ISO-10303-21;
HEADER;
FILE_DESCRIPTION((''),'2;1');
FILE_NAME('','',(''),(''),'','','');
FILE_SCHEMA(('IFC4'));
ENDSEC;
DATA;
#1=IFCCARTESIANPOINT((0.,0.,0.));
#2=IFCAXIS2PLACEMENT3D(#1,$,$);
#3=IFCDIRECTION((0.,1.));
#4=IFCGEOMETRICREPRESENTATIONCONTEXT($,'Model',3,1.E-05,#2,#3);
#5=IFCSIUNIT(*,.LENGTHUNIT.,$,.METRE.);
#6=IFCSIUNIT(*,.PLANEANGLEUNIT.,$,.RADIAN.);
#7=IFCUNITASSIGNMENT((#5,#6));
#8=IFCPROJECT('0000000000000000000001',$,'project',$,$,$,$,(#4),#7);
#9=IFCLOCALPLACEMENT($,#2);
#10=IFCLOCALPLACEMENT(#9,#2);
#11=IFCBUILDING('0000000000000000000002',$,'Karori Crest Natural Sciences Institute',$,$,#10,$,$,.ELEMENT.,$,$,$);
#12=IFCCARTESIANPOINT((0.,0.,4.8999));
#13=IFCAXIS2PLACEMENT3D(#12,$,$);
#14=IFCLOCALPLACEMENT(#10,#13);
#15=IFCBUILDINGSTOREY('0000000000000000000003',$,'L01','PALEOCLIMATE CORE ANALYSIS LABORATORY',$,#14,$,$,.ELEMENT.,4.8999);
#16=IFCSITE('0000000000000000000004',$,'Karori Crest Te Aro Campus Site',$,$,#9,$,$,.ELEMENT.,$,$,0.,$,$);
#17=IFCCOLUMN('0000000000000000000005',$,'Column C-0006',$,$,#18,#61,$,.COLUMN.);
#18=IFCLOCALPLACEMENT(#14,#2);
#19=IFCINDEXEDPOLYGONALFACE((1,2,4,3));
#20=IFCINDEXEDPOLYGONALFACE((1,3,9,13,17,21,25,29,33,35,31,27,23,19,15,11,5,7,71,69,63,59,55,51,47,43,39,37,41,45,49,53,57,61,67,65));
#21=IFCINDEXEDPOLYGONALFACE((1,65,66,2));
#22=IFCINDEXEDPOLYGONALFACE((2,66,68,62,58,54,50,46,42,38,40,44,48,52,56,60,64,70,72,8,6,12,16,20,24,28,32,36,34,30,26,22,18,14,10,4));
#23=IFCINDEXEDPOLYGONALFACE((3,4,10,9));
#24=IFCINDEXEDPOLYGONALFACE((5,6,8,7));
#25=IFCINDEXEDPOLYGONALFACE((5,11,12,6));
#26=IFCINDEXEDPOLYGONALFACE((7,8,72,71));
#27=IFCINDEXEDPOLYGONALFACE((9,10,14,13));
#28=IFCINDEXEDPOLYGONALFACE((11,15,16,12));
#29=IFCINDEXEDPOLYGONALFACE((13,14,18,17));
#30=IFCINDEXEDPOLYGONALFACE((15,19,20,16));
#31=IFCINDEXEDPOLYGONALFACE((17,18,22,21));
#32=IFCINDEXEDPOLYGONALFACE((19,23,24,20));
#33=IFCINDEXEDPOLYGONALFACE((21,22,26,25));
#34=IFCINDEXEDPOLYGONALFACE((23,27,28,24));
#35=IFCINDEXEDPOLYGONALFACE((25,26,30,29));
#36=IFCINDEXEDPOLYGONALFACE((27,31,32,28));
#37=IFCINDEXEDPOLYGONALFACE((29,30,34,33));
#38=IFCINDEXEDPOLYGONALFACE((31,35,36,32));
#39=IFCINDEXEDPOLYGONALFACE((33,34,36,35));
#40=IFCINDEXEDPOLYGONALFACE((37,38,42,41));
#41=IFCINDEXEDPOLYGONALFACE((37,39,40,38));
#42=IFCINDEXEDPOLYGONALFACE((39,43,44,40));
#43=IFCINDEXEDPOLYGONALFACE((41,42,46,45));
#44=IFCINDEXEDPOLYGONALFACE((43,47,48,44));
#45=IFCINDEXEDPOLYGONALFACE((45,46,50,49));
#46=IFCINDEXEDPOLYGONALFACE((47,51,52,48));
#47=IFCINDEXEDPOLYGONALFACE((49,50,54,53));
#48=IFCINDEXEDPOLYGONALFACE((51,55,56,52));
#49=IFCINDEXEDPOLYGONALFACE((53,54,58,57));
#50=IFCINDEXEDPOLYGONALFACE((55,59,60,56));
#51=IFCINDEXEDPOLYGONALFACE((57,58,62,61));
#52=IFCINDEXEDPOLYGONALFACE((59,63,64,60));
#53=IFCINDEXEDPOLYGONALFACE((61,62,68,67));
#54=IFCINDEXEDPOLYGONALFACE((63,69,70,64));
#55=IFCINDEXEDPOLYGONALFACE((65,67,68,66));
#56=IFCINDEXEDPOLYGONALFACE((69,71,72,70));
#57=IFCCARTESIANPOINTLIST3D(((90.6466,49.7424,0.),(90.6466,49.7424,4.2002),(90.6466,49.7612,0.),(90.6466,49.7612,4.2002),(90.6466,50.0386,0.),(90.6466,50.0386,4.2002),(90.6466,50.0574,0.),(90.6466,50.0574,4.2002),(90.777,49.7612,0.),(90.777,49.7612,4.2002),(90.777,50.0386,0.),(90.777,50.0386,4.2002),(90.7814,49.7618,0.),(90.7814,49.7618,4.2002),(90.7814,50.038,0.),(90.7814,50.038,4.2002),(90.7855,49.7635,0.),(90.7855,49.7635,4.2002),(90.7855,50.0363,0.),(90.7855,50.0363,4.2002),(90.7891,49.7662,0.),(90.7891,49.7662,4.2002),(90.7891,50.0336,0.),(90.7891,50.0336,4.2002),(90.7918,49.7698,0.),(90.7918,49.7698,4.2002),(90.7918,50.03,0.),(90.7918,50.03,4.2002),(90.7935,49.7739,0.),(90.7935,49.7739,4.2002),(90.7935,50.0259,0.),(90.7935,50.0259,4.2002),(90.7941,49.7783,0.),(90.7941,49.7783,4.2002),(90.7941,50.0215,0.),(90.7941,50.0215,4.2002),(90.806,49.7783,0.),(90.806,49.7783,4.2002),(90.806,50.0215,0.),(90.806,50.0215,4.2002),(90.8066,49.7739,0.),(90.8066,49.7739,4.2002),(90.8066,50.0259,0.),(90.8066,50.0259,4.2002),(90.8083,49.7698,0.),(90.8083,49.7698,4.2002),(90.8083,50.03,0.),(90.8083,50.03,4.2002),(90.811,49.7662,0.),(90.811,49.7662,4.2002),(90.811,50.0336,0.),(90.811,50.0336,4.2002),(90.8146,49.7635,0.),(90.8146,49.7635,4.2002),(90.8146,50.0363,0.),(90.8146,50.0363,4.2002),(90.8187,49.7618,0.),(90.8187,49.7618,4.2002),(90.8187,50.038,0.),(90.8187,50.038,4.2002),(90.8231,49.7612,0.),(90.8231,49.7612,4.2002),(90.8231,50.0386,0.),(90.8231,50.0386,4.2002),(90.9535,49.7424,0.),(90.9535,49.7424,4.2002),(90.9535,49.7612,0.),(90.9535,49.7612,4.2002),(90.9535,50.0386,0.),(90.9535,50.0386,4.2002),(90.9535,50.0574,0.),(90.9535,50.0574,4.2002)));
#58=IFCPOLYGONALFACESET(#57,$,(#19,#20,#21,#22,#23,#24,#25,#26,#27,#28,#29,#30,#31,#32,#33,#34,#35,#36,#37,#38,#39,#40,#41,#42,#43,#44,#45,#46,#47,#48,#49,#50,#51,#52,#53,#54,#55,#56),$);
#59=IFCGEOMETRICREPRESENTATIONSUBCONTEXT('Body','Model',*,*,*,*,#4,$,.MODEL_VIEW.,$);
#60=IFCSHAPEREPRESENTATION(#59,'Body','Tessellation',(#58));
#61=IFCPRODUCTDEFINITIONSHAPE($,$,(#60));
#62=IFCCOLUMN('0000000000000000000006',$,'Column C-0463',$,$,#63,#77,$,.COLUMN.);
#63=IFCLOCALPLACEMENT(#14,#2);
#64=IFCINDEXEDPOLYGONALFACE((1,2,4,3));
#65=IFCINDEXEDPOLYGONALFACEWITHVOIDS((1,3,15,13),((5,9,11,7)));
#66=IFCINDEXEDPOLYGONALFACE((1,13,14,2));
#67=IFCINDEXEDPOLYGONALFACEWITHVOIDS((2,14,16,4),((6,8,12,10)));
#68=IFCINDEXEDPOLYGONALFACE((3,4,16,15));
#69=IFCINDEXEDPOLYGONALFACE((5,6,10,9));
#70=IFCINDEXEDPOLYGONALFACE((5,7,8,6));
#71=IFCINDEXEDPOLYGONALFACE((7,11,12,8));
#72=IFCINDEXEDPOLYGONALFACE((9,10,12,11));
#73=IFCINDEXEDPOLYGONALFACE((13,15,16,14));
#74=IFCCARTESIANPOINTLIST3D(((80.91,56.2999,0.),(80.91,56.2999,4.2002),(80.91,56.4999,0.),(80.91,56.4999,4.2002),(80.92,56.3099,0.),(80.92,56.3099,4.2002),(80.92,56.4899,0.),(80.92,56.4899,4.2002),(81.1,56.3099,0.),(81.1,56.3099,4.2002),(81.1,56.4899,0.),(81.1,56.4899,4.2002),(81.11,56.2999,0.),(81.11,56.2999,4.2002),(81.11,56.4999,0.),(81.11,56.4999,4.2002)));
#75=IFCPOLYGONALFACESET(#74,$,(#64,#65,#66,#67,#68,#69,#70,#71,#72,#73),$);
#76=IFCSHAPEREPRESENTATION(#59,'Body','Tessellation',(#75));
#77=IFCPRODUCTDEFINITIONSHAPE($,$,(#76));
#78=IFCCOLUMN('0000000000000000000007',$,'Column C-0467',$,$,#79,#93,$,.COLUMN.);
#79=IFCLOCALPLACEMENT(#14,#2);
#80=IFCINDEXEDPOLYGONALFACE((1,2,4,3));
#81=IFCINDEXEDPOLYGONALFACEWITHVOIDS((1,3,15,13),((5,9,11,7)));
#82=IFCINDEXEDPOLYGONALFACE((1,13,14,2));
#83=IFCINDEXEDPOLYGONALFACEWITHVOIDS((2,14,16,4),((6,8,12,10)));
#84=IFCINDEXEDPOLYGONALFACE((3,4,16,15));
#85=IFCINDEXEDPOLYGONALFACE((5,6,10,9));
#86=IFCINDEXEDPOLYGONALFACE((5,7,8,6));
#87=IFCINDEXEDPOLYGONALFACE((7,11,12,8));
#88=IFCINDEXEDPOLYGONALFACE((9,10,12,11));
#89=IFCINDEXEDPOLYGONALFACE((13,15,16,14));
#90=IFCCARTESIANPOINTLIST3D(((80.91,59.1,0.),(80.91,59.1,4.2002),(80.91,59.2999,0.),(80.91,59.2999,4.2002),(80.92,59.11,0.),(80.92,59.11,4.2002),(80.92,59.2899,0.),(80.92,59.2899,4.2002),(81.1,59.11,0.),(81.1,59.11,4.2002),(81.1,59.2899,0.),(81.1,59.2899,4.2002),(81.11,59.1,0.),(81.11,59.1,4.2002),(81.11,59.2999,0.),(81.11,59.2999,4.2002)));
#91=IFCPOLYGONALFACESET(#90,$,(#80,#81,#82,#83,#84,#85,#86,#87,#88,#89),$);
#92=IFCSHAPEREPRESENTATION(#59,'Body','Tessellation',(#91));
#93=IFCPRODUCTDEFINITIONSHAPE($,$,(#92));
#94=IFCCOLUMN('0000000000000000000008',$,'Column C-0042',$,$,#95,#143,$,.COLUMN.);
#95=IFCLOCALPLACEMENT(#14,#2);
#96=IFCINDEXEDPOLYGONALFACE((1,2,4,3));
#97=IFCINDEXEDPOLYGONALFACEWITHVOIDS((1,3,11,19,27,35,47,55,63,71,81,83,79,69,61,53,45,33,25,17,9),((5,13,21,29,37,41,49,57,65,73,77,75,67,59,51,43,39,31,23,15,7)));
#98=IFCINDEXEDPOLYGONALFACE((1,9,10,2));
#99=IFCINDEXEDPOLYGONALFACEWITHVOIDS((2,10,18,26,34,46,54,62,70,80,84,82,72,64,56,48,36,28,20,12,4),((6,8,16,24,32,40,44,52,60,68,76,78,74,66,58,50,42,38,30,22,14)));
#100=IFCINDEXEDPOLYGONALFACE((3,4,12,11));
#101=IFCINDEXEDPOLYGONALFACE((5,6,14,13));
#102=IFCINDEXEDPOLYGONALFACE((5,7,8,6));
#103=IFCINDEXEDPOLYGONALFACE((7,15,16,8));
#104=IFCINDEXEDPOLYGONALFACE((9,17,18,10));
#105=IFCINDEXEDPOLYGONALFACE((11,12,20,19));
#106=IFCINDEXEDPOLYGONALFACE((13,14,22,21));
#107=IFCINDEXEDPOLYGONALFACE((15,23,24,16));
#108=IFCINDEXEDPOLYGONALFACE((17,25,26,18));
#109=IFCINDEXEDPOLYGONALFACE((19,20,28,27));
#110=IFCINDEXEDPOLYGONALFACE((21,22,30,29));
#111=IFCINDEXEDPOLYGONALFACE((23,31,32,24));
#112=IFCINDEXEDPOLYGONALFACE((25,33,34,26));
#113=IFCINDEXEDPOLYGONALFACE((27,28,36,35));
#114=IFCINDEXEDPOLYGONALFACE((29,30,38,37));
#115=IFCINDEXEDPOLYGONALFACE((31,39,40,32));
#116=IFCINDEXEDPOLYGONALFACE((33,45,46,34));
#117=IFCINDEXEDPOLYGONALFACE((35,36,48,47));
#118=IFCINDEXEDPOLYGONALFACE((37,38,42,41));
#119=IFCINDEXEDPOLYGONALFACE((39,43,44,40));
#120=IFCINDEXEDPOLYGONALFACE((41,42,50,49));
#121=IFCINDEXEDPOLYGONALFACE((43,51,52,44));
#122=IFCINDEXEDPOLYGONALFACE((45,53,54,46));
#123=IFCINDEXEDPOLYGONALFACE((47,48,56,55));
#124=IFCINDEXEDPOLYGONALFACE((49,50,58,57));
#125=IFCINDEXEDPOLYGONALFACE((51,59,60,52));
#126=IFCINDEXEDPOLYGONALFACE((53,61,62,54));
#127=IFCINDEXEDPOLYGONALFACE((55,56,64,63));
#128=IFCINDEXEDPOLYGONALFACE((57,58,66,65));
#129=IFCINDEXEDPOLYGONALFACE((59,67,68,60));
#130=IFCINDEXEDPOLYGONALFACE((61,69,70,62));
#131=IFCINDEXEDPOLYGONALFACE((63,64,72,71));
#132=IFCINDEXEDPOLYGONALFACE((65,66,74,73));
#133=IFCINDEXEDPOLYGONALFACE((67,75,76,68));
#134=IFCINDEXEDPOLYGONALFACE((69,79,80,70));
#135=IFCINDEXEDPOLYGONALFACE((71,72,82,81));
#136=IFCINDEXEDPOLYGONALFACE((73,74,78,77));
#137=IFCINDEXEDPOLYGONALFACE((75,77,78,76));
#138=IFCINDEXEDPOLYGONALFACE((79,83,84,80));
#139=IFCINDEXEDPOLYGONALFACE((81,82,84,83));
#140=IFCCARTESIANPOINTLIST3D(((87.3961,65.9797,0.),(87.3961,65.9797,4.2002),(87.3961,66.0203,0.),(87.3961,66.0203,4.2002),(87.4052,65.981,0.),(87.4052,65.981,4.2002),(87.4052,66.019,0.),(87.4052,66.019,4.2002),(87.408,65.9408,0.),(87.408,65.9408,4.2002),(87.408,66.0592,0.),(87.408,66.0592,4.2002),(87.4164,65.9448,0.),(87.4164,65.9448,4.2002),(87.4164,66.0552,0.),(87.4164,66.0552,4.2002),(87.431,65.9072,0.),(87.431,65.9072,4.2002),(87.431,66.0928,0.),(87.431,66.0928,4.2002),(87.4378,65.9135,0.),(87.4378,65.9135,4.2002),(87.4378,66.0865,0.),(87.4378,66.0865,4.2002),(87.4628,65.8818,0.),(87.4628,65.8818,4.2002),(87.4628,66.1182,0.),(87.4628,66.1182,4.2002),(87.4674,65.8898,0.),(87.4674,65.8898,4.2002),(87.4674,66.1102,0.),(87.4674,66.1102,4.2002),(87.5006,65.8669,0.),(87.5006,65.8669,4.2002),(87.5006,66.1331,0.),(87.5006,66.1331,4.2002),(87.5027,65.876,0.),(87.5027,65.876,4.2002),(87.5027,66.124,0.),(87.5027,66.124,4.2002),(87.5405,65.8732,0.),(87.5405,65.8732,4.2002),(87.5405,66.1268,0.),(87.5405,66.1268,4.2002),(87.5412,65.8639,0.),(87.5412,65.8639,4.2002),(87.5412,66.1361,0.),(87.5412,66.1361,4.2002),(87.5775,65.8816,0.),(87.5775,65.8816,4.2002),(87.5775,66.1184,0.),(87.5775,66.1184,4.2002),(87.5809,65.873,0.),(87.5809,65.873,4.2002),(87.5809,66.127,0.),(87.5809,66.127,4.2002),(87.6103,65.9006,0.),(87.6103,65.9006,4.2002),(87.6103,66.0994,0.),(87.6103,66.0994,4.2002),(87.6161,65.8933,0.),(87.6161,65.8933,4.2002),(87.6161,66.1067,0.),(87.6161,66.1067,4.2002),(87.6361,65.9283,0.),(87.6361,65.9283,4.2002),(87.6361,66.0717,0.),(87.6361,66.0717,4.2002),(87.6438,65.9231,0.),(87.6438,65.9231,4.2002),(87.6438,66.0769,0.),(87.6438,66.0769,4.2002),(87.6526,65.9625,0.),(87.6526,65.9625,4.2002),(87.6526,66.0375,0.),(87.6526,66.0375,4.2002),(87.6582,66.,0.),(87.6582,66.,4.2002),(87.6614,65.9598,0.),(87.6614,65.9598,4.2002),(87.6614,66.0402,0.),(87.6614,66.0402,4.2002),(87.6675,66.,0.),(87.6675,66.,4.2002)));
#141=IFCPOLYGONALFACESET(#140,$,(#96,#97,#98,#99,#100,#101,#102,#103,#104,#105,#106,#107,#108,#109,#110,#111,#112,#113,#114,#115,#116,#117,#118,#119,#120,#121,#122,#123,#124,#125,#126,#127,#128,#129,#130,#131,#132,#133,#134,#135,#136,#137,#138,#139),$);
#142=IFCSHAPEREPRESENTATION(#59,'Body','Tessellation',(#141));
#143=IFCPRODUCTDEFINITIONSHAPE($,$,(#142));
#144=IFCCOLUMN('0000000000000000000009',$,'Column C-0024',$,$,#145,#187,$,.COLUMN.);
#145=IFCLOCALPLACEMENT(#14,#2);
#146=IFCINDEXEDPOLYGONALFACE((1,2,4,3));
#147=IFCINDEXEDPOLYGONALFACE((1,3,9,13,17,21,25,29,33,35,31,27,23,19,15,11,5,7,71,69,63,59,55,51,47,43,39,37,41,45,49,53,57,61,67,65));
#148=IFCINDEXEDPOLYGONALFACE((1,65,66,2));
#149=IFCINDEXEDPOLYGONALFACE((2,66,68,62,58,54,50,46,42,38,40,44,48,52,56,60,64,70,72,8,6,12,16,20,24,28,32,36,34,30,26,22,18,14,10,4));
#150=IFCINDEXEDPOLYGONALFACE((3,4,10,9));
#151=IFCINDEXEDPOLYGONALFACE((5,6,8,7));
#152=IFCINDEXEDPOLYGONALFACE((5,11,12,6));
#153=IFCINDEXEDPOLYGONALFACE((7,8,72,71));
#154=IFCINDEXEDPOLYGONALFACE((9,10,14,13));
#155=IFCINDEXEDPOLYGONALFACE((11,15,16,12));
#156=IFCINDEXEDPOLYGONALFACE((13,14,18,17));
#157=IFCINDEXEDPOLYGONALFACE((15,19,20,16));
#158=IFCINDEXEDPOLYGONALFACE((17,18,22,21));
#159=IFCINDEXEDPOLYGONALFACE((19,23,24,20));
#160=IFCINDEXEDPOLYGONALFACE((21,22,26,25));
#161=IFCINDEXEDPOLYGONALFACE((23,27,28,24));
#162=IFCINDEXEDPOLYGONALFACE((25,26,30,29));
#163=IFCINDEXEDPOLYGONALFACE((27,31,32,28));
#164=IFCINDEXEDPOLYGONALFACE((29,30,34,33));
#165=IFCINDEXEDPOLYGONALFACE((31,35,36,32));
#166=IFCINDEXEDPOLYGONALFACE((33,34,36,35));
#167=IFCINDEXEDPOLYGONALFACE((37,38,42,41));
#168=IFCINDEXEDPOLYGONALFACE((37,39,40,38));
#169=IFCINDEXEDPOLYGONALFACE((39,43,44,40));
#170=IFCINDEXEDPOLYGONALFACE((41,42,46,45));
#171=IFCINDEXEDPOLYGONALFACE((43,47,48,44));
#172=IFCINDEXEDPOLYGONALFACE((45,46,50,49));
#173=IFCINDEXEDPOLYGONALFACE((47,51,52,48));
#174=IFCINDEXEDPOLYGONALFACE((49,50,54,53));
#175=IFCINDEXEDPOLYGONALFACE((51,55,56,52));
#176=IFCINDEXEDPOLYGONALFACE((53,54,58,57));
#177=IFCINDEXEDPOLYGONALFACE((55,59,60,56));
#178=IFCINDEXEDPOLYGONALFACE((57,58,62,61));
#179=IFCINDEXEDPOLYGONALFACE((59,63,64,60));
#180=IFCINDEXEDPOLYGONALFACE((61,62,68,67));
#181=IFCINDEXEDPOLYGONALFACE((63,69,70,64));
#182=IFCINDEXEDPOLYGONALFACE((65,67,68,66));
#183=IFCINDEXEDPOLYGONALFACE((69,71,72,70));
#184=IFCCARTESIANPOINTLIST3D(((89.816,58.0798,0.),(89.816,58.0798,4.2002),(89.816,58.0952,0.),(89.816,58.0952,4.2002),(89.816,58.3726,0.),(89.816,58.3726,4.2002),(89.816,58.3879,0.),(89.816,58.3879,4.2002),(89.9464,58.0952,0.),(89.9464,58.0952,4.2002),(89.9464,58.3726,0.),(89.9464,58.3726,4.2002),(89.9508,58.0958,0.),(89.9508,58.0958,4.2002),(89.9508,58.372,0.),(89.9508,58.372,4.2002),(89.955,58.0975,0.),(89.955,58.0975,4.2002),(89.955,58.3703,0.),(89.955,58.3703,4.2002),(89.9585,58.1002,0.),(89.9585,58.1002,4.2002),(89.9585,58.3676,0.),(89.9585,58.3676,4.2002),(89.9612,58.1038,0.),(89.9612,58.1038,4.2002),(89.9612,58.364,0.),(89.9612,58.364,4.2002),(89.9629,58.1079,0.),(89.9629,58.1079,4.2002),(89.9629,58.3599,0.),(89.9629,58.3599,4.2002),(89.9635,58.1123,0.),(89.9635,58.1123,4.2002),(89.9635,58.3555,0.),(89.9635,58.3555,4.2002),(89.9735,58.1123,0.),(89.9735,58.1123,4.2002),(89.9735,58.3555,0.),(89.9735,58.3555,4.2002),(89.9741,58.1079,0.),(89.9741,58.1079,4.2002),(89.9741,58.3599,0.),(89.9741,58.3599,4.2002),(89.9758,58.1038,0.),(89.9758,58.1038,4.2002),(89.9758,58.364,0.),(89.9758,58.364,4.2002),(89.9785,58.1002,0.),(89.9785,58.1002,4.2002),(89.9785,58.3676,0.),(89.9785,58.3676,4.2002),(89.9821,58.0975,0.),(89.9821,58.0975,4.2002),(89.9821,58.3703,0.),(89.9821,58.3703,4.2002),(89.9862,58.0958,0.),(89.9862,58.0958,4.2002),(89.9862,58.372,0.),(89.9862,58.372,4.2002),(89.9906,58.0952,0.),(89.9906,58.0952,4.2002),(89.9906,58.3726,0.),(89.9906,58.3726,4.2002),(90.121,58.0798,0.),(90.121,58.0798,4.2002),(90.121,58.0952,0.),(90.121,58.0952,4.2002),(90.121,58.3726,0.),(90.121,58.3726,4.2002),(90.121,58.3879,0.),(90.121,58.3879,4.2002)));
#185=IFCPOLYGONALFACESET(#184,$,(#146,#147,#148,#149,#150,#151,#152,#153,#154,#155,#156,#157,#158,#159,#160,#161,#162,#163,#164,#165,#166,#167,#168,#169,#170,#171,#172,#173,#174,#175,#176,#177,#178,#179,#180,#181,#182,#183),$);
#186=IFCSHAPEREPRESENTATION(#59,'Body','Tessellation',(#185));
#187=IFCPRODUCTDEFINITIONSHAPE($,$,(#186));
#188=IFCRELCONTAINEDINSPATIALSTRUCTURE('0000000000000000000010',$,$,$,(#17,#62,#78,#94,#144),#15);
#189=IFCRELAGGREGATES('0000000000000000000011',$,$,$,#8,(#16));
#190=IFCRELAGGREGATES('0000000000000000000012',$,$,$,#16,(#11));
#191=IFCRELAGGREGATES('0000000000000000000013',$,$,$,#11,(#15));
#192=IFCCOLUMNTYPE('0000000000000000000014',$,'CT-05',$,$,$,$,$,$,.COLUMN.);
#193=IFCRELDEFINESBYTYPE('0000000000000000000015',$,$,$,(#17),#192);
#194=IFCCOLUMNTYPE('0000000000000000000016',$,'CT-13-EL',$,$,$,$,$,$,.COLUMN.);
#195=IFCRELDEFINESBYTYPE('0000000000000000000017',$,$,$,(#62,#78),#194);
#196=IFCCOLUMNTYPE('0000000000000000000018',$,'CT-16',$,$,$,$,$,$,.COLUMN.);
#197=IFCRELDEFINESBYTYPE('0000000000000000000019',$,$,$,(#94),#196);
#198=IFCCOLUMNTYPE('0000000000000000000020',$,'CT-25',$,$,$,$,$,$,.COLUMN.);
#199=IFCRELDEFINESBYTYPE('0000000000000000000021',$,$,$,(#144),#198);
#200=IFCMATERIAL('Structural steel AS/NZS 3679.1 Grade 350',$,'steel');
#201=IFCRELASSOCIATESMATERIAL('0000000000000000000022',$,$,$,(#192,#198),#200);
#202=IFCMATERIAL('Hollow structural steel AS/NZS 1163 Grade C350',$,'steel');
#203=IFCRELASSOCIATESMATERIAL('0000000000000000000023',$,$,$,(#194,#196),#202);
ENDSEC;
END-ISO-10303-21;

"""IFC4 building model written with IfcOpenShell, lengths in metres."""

from ifc_helpers import new_model, si_unit, direction, frame, origin, origin_2d, place, context, subcontext, project, spatial, hollow_rectangle, hollow_circle, i_section, extrude, material, material_profile, profile_set, type_object, element, save


model = new_model("IFC4")

# Units and contexts
model_context = context("Model", 3, precision=1e-05, world=origin(), true_north=direction((0.0, 1.0)))
body_context = subcontext(model_context, "Body", "Model", "MODEL_VIEW")
ifc_project = project(units=[si_unit("LENGTHUNIT", "METRE"), si_unit("PLANEANGLEUNIT", "RADIAN")], contexts=[model_context])

# Site, building, storey
site_placement = place(None, origin())
site = spatial("IfcSite", under=ifc_project, at=site_placement, Name="Karori Crest Te Aro Campus Site", CompositionType="ELEMENT", RefElevation=0.0)
building_placement = place(site_placement, origin())
building = spatial("IfcBuilding", under=site, at=building_placement, Name="Karori Crest Natural Sciences Institute", CompositionType="ELEMENT")
storey_placement = place(building_placement, frame((0.0, 0.0, 4.8999)))
storey = spatial("IfcBuildingStorey", under=building, at=storey_placement, Name="L01", Description="PALEOCLIMATE CORE ANALYSIS LABORATORY", CompositionType="ELEMENT", Elevation=4.8999)

# Columns
ifc_material_1 = material(Name="Structural steel AS/NZS 3679.1 Grade 350", Category="steel")
ifc_material_profile_1 = material_profile(ifc_material_1, i_section(OverallWidth=0.3069, OverallDepth=0.3149, WebThickness=0.012, FlangeThickness=0.0188, FilletRadius=0.0171, at=origin_2d()), Name="310UC118")
ifc_profile_set_1 = profile_set([ifc_material_profile_1], Name="Structural steel AS/NZS 3679.1 Grade 350")
column_type_1 = type_object("IfcColumnType", Name="CT-05", PredefinedType="COLUMN", material=ifc_profile_set_1)
column_1_placement = place(storey_placement, frame((90.8, 49.8999, 0.0), z_axis=(0.0, 0.0, 1.0), x_axis=(1.0, 0.0, 0.0)))
element("IfcColumn", 1, at=column_1_placement, inside=storey, type_object=column_type_1, Name="Column C-0006", PredefinedType="COLUMN", context=body_context, shape_type="SweptSolid", body=[
    extrude(i_section(OverallWidth=0.3069, OverallDepth=0.3149, WebThickness=0.012, FlangeThickness=0.0188, FilletRadius=0.0171, at=origin_2d()), origin(), (0.0, 0.0, 1.0), 4.2002),
])
ifc_material_2 = material(Name="Hollow structural steel AS/NZS 1163 Grade C350", Category="steel")
ifc_material_profile_2 = material_profile(ifc_material_2, hollow_rectangle(XDim=0.2, YDim=0.2, WallThickness=0.01, at=origin_2d()), Name="SHS200x200x10")
ifc_profile_set_2 = profile_set([ifc_material_profile_2], Name="Hollow structural steel AS/NZS 1163 Grade C350")
column_type_2 = type_object("IfcColumnType", Name="CT-13-EL", PredefinedType="COLUMN", material=ifc_profile_set_2)
for number, where, z_axis, x_axis, name in (
    (2, (81.01, 56.3999, 0.0), (0.0, 0.0, 1.0), (1.0, 0.0, 0.0), "Column C-0463"),
    (3, (81.01, 59.2, 0.0), (0.0, 0.0, 1.0), (1.0, 0.0, 0.0), "Column C-0467"),
):
    element("IfcColumn", number, at=place(storey_placement, frame(where, z_axis=z_axis, x_axis=x_axis)), inside=storey, type_object=column_type_2, Name=name, PredefinedType="COLUMN", context=body_context, shape_type="SweptSolid", body=[
        extrude(hollow_rectangle(XDim=0.2, YDim=0.2, WallThickness=0.01, at=origin_2d()), origin(), (0.0, 0.0, 1.0), 4.2002),
    ])
ifc_material_profile_3 = material_profile(ifc_material_2, hollow_circle(Radius=0.1365, WallThickness=0.0093, at=origin_2d()), Name="CHS273.0x9.3")
ifc_profile_set_3 = profile_set([ifc_material_profile_3], Name="Hollow structural steel AS/NZS 1163 Grade C350")
column_type_3 = type_object("IfcColumnType", Name="CT-16", PredefinedType="COLUMN", material=ifc_profile_set_3)
column_2_placement = place(storey_placement, frame((87.531, 66.0, 0.0), z_axis=(0.0, 0.0, 1.0), x_axis=(1.0, 0.0, 0.0)))
element("IfcColumn", 4, at=column_2_placement, inside=storey, type_object=column_type_3, Name="Column C-0042", PredefinedType="COLUMN", context=body_context, shape_type="SweptSolid", body=[
    extrude(hollow_circle(Radius=0.1365, WallThickness=0.0093, at=origin_2d()), origin(), (0.0, 0.0, 1.0), 4.2002),
])
ifc_material_profile_4 = material_profile(ifc_material_1, i_section(OverallWidth=0.3049, OverallDepth=0.3081, WebThickness=0.01, FlangeThickness=0.0154, FilletRadius=0.0171, at=origin_2d()), Name="310UC96.8")
ifc_profile_set_4 = profile_set([ifc_material_profile_4], Name="Structural steel AS/NZS 3679.1 Grade 350")
column_type_4 = type_object("IfcColumnType", Name="CT-25", PredefinedType="COLUMN", material=ifc_profile_set_4)
column_3_placement = place(storey_placement, frame((89.9685, 58.2339, 0.0), z_axis=(0.0, 0.0, 1.0), x_axis=(1.0, 0.0, 0.0)))
element("IfcColumn", 5, at=column_3_placement, inside=storey, type_object=column_type_4, Name="Column C-0024", PredefinedType="COLUMN", context=body_context, shape_type="SweptSolid", body=[
    extrude(i_section(OverallWidth=0.3049, OverallDepth=0.3081, WebThickness=0.01, FlangeThickness=0.0154, FilletRadius=0.0171, at=origin_2d()), origin(), (0.0, 0.0, 1.0), 4.2002),
])

save(model, "model.ifc")
